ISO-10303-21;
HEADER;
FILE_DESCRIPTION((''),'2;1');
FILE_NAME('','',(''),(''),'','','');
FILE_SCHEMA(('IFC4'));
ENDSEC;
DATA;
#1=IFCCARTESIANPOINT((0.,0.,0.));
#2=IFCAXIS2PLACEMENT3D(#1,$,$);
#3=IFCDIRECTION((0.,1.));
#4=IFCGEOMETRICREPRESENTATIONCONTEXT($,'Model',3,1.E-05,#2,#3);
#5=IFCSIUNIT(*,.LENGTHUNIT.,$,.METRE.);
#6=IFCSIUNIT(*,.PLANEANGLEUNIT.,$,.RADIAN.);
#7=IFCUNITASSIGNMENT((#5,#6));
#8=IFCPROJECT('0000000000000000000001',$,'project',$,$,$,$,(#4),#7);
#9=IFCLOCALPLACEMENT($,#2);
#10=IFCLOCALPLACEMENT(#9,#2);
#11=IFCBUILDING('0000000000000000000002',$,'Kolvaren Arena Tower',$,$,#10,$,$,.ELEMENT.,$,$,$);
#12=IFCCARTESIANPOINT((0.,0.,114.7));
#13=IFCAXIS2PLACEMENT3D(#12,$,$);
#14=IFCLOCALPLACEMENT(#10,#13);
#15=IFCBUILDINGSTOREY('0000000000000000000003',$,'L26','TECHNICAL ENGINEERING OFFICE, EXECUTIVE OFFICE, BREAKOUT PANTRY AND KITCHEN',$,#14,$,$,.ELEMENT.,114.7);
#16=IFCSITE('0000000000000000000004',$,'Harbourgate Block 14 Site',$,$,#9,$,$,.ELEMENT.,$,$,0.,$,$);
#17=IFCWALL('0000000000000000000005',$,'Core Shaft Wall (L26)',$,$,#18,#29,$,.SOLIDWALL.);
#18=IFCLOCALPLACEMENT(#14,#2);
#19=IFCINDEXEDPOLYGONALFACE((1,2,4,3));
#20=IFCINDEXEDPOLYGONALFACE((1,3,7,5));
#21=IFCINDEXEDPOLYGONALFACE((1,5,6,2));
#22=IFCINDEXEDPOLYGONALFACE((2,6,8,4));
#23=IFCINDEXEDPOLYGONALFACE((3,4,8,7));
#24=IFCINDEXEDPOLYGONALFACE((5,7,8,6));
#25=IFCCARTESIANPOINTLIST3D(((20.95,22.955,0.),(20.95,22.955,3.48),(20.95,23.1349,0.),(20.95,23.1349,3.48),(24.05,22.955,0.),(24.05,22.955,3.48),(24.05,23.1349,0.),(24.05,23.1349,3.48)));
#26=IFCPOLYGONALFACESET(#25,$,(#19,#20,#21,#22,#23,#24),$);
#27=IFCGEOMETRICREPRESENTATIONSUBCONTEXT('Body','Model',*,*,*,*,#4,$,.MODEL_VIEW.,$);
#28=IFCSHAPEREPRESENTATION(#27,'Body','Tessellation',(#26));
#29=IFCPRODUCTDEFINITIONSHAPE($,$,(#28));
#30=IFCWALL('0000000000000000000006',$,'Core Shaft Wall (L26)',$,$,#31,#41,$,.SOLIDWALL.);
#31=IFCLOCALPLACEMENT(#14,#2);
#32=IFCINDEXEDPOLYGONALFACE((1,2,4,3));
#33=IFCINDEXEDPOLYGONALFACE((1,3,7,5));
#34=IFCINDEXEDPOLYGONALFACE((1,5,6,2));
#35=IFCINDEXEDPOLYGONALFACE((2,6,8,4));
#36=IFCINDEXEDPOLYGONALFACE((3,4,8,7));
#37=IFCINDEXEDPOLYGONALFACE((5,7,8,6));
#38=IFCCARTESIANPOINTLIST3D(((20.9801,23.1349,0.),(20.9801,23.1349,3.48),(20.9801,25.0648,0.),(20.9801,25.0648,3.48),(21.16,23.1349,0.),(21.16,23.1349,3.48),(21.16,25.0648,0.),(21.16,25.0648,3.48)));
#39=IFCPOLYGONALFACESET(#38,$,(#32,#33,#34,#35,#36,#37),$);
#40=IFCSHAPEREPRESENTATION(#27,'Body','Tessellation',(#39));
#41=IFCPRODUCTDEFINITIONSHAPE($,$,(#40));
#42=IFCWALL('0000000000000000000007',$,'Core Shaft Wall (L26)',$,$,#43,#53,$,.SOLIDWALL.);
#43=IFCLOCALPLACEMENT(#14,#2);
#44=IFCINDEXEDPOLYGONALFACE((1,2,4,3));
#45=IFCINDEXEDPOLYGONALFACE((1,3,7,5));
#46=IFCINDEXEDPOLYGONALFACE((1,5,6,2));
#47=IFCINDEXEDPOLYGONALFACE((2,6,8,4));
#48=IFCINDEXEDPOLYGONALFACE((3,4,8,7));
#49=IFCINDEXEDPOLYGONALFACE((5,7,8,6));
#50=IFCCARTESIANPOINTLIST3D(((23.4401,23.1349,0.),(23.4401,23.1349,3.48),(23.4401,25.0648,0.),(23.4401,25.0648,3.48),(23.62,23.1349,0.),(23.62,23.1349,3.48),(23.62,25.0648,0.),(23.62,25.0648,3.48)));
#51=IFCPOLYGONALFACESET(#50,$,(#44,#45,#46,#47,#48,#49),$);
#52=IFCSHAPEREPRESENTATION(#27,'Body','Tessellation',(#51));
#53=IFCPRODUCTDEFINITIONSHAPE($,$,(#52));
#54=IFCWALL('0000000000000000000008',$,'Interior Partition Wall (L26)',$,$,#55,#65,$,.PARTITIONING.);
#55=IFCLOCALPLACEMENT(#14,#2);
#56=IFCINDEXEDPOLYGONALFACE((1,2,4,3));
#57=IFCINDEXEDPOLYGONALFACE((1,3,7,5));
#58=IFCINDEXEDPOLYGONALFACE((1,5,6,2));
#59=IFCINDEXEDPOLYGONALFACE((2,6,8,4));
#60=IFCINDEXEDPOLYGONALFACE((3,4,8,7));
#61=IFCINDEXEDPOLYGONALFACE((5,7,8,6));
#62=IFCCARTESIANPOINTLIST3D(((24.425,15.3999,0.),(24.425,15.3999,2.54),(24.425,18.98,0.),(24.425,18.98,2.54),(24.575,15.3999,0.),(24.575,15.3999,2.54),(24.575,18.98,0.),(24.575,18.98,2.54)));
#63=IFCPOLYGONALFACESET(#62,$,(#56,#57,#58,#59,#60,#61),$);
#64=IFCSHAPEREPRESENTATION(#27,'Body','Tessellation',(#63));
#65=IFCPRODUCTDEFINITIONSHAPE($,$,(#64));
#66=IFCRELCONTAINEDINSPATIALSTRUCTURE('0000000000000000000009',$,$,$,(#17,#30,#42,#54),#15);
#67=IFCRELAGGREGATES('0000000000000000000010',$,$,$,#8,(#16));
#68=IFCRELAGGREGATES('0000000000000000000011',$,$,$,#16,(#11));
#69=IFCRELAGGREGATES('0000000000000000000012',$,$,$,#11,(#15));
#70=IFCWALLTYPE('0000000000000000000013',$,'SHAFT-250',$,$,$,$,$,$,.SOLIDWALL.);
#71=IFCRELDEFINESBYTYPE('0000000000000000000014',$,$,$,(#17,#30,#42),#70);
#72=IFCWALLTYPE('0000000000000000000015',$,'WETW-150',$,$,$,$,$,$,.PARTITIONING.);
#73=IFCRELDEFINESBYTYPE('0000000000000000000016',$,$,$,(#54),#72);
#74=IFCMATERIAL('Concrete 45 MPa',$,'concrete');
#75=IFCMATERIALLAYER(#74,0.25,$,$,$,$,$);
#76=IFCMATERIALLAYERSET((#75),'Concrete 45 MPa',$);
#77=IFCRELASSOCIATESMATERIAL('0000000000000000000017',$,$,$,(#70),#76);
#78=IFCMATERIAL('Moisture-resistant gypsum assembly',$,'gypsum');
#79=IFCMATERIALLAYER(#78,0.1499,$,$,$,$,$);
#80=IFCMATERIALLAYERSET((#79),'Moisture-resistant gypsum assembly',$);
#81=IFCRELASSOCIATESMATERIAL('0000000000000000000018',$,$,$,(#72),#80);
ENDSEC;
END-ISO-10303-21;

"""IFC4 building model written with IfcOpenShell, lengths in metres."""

from ifc_helpers import new_model, si_unit, direction, frame, frame_2d, origin, place, context, subcontext, project, spatial, rectangle, extrude, material, layer, layer_set, type_object, element, save


model = new_model("IFC4")

# Units and contexts
model_context = context("Model", 3, precision=1e-05, world=origin(), true_north=direction((0.0, 1.0)))
body_context = subcontext(model_context, "Body", "Model", "MODEL_VIEW")
ifc_project = project(units=[si_unit("LENGTHUNIT", "METRE"), si_unit("PLANEANGLEUNIT", "RADIAN")], contexts=[model_context])

# Site, building, storey
site_placement = place(None, origin())
site = spatial("IfcSite", under=ifc_project, at=site_placement, Name="Harbourgate Block 14 Site", CompositionType="ELEMENT", RefElevation=0.0)
building_placement = place(site_placement, origin())
building = spatial("IfcBuilding", under=site, at=building_placement, Name="Kolvaren Arena Tower", CompositionType="ELEMENT")
storey_placement = place(building_placement, frame((0.0, 0.0, 114.7)))
storey = spatial("IfcBuildingStorey", under=building, at=storey_placement, Name="L26", Description="TECHNICAL ENGINEERING OFFICE, EXECUTIVE OFFICE, BREAKOUT PANTRY AND KITCHEN", CompositionType="ELEMENT", Elevation=114.7)

# Walls
ifc_material_1 = material(Name="Concrete 45 MPa", Category="concrete")
ifc_layer_1 = layer(ifc_material_1, 0.25)
ifc_layer_set_1 = layer_set([ifc_layer_1], Name="Concrete 45 MPa")
wall_type_1 = type_object("IfcWallType", Name="SHAFT-250", PredefinedType="SOLIDWALL", material=ifc_layer_set_1)
wall_1_placement = place(storey_placement, frame((20.95, 23.0449, 0.0), z_axis=(0.0, 0.0, 1.0), x_axis=(1.0, 0.0, 0.0)))
element("IfcWall", 1, at=wall_1_placement, inside=storey, type_object=wall_type_1, Name="Core Shaft Wall (L26)", PredefinedType="SOLIDWALL", context=body_context, shape_type="SweptSolid", body=[
    extrude(rectangle(XDim=3.1001, YDim=0.1799, at=frame_2d((1.55, 0.0))), origin(), (0.0, 0.0, 1.0), 3.48),
])
for number, where, z_axis, x_axis, name in (
    (2, (21.0701, 23.135, 0.0), (0.0, 0.0, 1.0), (0.0, 1.0, 0.0), "Core Shaft Wall (L26)"),
    (3, (23.53, 23.135, 0.0), (0.0, 0.0, 1.0), (0.0, 1.0, 0.0), "Core Shaft Wall (L26)"),
):
    element("IfcWall", number, at=place(storey_placement, frame(where, z_axis=z_axis, x_axis=x_axis)), inside=storey, type_object=wall_type_1, Name=name, PredefinedType="SOLIDWALL", context=body_context, shape_type="SweptSolid", body=[
        extrude(rectangle(XDim=1.9299, YDim=0.1799, at=frame_2d((0.9648, 0.0))), origin(), (0.0, 0.0, 1.0), 3.48),
    ])
ifc_material_2 = material(Name="Moisture-resistant gypsum assembly", Category="gypsum")
ifc_layer_2 = layer(ifc_material_2, 0.1499)
ifc_layer_set_2 = layer_set([ifc_layer_2], Name="Moisture-resistant gypsum assembly")
wall_type_2 = type_object("IfcWallType", Name="WETW-150", PredefinedType="PARTITIONING", material=ifc_layer_set_2)
wall_2_placement = place(storey_placement, frame((24.5, 15.3999, 0.0), z_axis=(0.0, 0.0, 1.0), x_axis=(0.0, 1.0, 0.0)))
element("IfcWall", 4, at=wall_2_placement, inside=storey, type_object=wall_type_2, Name="Interior Partition Wall (L26)", PredefinedType="PARTITIONING", context=body_context, shape_type="SweptSolid", body=[
    extrude(rectangle(XDim=3.5801, YDim=0.1499, at=frame_2d((1.79, 0.0))), origin(), (0.0, 0.0, 1.0), 2.54),
])

save(model, "model.ifc")
